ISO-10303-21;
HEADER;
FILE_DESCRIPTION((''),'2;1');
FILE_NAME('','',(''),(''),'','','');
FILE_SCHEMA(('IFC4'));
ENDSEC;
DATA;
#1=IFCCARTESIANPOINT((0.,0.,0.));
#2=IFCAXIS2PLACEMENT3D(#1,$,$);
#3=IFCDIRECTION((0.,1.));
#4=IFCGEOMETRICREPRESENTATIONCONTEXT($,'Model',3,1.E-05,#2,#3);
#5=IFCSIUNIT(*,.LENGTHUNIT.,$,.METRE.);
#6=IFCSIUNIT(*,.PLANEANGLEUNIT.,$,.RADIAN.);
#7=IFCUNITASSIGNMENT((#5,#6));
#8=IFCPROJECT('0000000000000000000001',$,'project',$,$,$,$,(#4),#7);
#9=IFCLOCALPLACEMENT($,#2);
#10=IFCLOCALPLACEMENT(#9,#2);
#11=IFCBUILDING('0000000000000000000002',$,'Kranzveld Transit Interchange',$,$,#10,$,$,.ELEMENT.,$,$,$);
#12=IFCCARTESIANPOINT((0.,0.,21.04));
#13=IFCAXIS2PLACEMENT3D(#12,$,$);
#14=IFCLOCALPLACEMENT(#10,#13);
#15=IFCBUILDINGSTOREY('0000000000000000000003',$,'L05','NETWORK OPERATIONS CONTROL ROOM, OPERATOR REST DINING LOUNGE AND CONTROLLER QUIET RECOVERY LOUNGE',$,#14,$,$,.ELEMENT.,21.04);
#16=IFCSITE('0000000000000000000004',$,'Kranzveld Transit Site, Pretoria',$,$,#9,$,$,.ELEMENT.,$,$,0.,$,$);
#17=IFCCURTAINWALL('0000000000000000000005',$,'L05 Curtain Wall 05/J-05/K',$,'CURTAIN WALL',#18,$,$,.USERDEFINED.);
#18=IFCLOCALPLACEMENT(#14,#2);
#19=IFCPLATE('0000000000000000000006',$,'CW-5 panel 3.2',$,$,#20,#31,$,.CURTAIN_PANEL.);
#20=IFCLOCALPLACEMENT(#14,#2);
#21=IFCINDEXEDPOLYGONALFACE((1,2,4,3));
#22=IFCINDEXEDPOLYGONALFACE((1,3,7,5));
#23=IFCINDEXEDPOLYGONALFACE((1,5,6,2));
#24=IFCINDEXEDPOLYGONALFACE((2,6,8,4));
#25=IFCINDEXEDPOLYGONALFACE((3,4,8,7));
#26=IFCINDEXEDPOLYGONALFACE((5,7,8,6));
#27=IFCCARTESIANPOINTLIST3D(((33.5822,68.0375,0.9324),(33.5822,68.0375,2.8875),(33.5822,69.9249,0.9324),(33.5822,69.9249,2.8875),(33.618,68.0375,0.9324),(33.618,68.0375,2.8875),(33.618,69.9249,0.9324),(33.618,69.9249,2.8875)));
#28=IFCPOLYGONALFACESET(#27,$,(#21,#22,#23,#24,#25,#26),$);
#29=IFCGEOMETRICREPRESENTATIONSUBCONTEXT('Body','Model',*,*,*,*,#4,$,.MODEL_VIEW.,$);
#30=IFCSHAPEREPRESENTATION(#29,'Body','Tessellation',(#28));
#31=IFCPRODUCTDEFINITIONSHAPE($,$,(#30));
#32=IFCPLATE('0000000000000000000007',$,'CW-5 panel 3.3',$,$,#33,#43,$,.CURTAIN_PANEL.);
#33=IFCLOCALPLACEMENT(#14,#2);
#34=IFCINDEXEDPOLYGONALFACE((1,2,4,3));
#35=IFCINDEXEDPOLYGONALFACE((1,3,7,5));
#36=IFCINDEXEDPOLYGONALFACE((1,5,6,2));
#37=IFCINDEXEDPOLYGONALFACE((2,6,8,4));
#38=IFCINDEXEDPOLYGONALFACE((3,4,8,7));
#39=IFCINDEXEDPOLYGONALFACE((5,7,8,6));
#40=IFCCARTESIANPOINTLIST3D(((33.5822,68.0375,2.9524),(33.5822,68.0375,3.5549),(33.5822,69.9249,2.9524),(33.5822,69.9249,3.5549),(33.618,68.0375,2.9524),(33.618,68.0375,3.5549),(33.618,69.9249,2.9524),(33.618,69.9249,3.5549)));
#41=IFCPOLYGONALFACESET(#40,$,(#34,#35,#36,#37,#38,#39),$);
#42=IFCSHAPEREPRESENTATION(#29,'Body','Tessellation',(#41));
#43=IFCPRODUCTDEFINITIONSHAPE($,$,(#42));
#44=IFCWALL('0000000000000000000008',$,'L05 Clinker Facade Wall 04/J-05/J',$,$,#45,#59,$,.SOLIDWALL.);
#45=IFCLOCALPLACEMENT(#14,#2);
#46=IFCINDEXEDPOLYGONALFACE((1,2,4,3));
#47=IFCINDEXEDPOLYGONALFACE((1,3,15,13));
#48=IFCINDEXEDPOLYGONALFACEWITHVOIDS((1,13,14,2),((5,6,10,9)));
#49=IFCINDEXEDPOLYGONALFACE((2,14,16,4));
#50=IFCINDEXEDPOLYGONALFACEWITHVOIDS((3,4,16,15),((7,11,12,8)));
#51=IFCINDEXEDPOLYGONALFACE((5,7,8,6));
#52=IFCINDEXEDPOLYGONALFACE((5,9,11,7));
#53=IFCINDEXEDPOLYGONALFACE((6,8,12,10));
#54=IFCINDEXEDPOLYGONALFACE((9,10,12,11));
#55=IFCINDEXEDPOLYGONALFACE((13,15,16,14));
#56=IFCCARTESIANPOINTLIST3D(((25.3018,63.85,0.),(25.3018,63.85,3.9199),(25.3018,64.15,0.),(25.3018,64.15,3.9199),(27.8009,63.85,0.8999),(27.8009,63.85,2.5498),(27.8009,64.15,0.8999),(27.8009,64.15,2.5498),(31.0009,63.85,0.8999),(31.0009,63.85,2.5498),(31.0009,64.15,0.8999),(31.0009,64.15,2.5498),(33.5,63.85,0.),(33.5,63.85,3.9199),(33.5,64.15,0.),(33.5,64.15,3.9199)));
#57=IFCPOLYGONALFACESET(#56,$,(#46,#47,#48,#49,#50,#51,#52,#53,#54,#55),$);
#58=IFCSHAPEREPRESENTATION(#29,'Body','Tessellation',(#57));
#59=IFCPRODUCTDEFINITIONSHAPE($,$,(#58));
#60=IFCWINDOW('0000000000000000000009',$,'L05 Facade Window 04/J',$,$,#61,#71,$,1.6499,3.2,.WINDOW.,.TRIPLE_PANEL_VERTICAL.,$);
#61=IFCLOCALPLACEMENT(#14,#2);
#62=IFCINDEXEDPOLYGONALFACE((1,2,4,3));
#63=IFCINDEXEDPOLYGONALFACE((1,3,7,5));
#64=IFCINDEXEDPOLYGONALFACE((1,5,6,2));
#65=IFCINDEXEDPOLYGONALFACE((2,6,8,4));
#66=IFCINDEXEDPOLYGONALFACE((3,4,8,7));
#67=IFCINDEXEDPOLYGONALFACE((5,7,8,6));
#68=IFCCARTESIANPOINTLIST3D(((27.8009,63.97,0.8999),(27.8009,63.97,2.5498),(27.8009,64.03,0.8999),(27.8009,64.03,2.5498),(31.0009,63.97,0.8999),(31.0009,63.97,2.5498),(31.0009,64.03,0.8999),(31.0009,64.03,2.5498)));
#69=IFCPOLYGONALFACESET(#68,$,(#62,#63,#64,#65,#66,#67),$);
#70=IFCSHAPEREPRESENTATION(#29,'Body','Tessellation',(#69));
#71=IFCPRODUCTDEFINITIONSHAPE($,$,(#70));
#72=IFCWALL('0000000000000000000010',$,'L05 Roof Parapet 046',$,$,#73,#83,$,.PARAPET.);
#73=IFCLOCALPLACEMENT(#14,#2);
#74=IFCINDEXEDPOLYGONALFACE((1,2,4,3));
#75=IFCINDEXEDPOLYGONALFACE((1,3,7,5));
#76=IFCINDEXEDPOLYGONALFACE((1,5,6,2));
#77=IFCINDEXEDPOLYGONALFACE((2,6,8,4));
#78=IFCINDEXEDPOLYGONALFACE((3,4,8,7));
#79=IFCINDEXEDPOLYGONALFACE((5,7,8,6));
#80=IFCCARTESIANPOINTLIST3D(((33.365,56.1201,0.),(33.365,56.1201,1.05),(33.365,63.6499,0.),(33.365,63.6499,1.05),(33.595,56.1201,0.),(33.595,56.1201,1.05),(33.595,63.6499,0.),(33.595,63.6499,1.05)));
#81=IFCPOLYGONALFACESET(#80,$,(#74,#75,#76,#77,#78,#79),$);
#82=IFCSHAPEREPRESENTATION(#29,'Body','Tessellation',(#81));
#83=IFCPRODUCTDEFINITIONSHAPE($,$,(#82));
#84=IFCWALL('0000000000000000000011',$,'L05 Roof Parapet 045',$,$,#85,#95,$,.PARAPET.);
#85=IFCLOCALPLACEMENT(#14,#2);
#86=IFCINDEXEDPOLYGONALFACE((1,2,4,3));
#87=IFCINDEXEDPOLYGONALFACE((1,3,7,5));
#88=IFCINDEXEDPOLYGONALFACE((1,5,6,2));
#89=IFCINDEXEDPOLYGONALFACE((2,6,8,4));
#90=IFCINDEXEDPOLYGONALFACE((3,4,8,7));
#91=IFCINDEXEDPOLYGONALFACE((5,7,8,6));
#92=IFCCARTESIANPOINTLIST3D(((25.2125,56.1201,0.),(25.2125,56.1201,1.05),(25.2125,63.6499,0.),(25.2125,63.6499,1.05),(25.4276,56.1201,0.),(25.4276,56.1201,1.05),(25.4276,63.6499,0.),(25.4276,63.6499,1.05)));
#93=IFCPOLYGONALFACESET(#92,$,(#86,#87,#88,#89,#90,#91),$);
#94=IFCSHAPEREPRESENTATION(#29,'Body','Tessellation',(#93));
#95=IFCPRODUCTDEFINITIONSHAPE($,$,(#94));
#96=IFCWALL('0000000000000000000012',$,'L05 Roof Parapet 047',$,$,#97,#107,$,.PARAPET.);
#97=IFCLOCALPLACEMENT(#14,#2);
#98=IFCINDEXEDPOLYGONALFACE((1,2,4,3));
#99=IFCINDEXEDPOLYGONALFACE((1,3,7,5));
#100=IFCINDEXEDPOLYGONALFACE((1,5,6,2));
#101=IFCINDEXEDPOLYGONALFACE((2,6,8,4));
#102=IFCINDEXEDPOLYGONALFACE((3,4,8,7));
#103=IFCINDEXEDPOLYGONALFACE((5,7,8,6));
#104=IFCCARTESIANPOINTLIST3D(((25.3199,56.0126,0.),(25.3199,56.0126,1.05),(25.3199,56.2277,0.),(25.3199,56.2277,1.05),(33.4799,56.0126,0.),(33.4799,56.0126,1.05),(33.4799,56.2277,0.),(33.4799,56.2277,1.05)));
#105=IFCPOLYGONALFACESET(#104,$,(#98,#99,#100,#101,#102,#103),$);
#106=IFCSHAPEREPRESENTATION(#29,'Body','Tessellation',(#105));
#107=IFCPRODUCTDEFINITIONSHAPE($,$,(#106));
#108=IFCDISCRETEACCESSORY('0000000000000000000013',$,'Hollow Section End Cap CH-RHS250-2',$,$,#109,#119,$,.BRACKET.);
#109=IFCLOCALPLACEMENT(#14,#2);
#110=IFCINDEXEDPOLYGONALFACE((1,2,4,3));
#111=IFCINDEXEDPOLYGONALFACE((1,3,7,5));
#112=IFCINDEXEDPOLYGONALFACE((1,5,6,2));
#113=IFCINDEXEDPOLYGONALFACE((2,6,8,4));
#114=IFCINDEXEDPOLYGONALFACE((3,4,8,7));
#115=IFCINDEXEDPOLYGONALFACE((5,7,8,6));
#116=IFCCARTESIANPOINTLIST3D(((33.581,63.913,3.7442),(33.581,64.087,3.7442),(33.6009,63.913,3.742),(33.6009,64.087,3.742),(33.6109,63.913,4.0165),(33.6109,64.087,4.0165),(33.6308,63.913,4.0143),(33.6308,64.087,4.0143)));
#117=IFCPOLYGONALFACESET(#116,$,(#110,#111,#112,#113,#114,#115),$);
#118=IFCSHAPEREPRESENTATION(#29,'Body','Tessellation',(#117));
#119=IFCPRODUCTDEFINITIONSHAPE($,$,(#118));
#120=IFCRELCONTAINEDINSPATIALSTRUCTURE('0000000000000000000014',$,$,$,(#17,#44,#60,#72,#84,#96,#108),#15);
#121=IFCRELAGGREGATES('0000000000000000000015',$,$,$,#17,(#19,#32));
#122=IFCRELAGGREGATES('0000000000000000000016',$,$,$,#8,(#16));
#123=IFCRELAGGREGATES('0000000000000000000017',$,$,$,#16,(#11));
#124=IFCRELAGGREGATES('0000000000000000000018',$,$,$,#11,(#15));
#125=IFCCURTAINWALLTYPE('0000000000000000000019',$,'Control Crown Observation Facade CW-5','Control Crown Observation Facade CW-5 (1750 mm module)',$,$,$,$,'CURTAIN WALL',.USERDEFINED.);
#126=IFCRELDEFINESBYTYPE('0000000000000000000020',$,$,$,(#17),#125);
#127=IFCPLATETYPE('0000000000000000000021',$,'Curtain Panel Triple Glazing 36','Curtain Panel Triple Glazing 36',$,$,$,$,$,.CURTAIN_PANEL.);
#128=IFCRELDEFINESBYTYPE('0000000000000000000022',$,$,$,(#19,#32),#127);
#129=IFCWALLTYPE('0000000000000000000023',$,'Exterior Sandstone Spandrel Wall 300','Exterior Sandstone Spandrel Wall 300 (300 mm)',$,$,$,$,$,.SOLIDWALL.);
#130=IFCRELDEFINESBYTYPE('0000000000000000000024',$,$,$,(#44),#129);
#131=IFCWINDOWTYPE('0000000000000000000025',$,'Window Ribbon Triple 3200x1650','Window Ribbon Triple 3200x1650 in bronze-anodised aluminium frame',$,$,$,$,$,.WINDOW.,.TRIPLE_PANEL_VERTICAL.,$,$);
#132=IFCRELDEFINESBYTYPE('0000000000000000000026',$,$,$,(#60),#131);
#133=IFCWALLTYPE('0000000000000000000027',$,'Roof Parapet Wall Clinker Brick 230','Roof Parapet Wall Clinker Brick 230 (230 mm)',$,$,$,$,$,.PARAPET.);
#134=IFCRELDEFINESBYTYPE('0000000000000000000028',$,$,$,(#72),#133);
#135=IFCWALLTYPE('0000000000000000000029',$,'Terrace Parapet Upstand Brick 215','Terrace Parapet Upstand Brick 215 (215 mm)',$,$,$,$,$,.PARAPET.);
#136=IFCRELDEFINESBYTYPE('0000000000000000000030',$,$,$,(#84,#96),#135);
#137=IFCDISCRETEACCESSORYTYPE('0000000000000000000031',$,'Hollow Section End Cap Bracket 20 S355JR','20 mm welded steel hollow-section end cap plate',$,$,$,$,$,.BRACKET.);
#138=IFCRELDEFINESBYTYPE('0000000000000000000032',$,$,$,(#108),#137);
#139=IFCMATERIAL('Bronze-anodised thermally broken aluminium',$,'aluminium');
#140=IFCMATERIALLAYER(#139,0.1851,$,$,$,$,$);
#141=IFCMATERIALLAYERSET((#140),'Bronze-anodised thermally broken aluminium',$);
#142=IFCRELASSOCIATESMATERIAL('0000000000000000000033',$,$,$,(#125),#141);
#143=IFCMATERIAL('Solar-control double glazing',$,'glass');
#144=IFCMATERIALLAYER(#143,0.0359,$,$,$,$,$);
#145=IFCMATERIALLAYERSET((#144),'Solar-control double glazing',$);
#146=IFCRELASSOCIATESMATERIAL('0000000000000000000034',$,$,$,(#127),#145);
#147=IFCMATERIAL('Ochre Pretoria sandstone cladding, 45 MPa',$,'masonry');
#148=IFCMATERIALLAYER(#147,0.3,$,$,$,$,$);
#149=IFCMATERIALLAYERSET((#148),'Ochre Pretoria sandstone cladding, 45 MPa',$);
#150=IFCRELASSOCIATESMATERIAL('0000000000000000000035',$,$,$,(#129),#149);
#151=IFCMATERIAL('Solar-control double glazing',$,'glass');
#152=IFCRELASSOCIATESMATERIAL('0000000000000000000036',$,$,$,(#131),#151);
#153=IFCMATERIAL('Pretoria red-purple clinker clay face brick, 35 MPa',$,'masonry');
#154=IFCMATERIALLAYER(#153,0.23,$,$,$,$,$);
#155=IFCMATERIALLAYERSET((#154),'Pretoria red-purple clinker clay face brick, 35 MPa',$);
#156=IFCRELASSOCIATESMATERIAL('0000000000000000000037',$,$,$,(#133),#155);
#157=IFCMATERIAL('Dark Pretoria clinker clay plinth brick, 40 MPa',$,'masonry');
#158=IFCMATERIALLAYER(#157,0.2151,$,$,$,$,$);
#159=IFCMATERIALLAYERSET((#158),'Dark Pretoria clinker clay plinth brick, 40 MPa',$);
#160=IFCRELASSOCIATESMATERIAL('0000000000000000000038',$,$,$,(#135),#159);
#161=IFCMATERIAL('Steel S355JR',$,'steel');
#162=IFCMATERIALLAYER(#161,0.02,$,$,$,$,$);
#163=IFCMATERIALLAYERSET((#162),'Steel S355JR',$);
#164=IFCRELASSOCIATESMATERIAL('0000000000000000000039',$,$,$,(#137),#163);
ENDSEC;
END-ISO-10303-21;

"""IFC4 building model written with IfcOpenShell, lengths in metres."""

from ifc_helpers import new_model, si_unit, direction, frame, frame_2d, origin, origin_2d, place, context, subcontext, project, spatial, rectangle, extrude, material, layer, layer_set, type_object, element, fill, aggregate, save


model = new_model("IFC4")

# Units and contexts
model_context = context("Model", 3, precision=1e-05, world=origin(), true_north=direction((0.0, 1.0)))
body_context = subcontext(model_context, "Body", "Model", "MODEL_VIEW")
ifc_project = project(units=[si_unit("LENGTHUNIT", "METRE"), si_unit("PLANEANGLEUNIT", "RADIAN")], contexts=[model_context])

# Site, building, storey
site_placement = place(None, origin())
site = spatial("IfcSite", under=ifc_project, at=site_placement, Name="Kranzveld Transit Site, Pretoria", CompositionType="ELEMENT", RefElevation=0.0)
building_placement = place(site_placement, origin())
building = spatial("IfcBuilding", under=site, at=building_placement, Name="Kranzveld Transit Interchange", CompositionType="ELEMENT")
storey_placement = place(building_placement, frame((0.0, 0.0, 21.04)))
storey = spatial("IfcBuildingStorey", under=building, at=storey_placement, Name="L05", Description="NETWORK OPERATIONS CONTROL ROOM, OPERATOR REST DINING LOUNGE AND CONTROLLER QUIET RECOVERY LOUNGE", CompositionType="ELEMENT", Elevation=21.04)

# Curtain wall
ifc_material_1 = material(Name="Bronze-anodised thermally broken aluminium", Category="aluminium")
ifc_layer_1 = layer(ifc_material_1, 0.1851)
ifc_layer_set_1 = layer_set([ifc_layer_1], Name="Bronze-anodised thermally broken aluminium")
curtain_wall_type = type_object("IfcCurtainWallType", Name="Control Crown Observation Facade CW-5", Description="Control Crown Observation Facade CW-5 (1750 mm module)", ElementType="CURTAIN WALL", PredefinedType="USERDEFINED", material=ifc_layer_set_1)
curtain_wall_placement = place(storey_placement, origin())
curtain_wall = element("IfcCurtainWall", 1, at=curtain_wall_placement, inside=storey, type_object=curtain_wall_type, Name="L05 Curtain Wall 05/J-05/K", ObjectType="CURTAIN WALL", PredefinedType="USERDEFINED")

# Plates
ifc_material_2 = material(Name="Solar-control double glazing", Category="glass")
ifc_layer_2 = layer(ifc_material_2, 0.0359)
ifc_layer_set_2 = layer_set([ifc_layer_2], Name="Solar-control double glazing")
plate_type = type_object("IfcPlateType", Name="Curtain Panel Triple Glazing 36", Description="Curtain Panel Triple Glazing 36", PredefinedType="CURTAIN_PANEL", material=ifc_layer_set_2)
plate_1_placement = place(storey_placement, frame((33.6001, 68.9812, 0.9324), z_axis=(0.0, 0.0, 1.0), x_axis=(0.0, 1.0, 0.0)))
plate_1 = element("IfcPlate", 2, at=plate_1_placement, type_object=plate_type, Name="CW-5 panel 3.2", PredefinedType="CURTAIN_PANEL", context=body_context, shape_type="SweptSolid", body=[
    extrude(rectangle(XDim=1.8875, YDim=0.0359, at=origin_2d()), origin(), (0.0, 0.0, 1.0), 1.9551),
])
plate_2_placement = place(storey_placement, frame((33.6001, 68.9812, 2.9524), z_axis=(0.0, 0.0, 1.0), x_axis=(0.0, 1.0, 0.0)))
plate_2 = element("IfcPlate", 3, at=plate_2_placement, type_object=plate_type, Name="CW-5 panel 3.3", PredefinedType="CURTAIN_PANEL", context=body_context, shape_type="SweptSolid", body=[
    extrude(rectangle(XDim=1.8875, YDim=0.0359, at=origin_2d()), origin(), (0.0, 0.0, 1.0), 0.6025),
])
aggregate(curtain_wall, [plate_1, plate_2])

# Wall, opening, window
ifc_material_3 = material(Name="Ochre Pretoria sandstone cladding, 45 MPa", Category="masonry")
ifc_layer_3 = layer(ifc_material_3, 0.3)
ifc_layer_set_3 = layer_set([ifc_layer_3], Name="Ochre Pretoria sandstone cladding, 45 MPa")
wall_type_1 = type_object("IfcWallType", Name="Exterior Sandstone Spandrel Wall 300", Description="Exterior Sandstone Spandrel Wall 300 (300 mm)", PredefinedType="SOLIDWALL", material=ifc_layer_set_3)
wall_1_placement = place(storey_placement, frame((25.3018, 64.0, 0.0), z_axis=(0.0, 0.0, 1.0), x_axis=(1.0, 0.0, 0.0)))
wall_1 = element("IfcWall", 4, at=wall_1_placement, inside=storey, type_object=wall_type_1, Name="L05 Clinker Facade Wall 04/J-05/J", PredefinedType="SOLIDWALL", context=body_context, shape_type="SweptSolid", body=[
    extrude(rectangle(XDim=8.1982, YDim=0.3, at=frame_2d((4.0991, 0.0))), origin(), (0.0, 0.0, 1.0), 3.9199),
])
opening_placement = place(wall_1_placement, frame((2.499, 0.0, 0.8999), z_axis=(0.0, 0.0, 1.0), x_axis=(1.0, 0.0, 0.0)))
opening = element("IfcOpeningElement", 5, at=opening_placement, cuts=wall_1, PredefinedType="OPENING", context=body_context, shape_type="SweptSolid", body=[
    extrude(rectangle(XDim=3.2, YDim=1.6499, at=frame_2d((1.6001, 0.825))), frame((0.0, 0.1599, 0.0), z_axis=(0.0, -1.0, 0.0), x_axis=(1.0, 0.0, 0.0)), (0.0, 0.0, 1.0), 0.3201),
])
ifc_material_4 = material(Name="Solar-control double glazing", Category="glass")
window_type = type_object("IfcWindowType", Name="Window Ribbon Triple 3200x1650", Description="Window Ribbon Triple 3200x1650 in bronze-anodised aluminium frame", PartitioningType="TRIPLE_PANEL_VERTICAL", PredefinedType="WINDOW", material=ifc_material_4)
window_placement = place(opening_placement, origin())
window = element("IfcWindow", 6, at=window_placement, inside=storey, type_object=window_type, Name="L05 Facade Window 04/J", OverallHeight=1.6499, OverallWidth=3.2, PartitioningType="TRIPLE_PANEL_VERTICAL", PredefinedType="WINDOW", context=body_context, shape_type="SweptSolid", body=[
    extrude(rectangle(XDim=3.2, YDim=1.6499, at=frame_2d((1.6001, 0.825))), frame((0.0, 0.03, 0.0), z_axis=(0.0, -1.0, 0.0), x_axis=(1.0, 0.0, 0.0)), (0.0, 0.0, 1.0), 0.0601),
])
fill(opening, window)

# Walls
ifc_material_5 = material(Name="Pretoria red-purple clinker clay face brick, 35 MPa", Category="masonry")
ifc_layer_4 = layer(ifc_material_5, 0.23)
ifc_layer_set_4 = layer_set([ifc_layer_4], Name="Pretoria red-purple clinker clay face brick, 35 MPa")
wall_type_2 = type_object("IfcWallType", Name="Roof Parapet Wall Clinker Brick 230", Description="Roof Parapet Wall Clinker Brick 230 (230 mm)", PredefinedType="PARAPET", material=ifc_layer_set_4)
wall_2_placement = place(storey_placement, frame((33.48, 63.6499, 0.0), z_axis=(0.0, 0.0, 1.0), x_axis=(0.0, -1.0, 0.0)))
element("IfcWall", 7, at=wall_2_placement, inside=storey, type_object=wall_type_2, Name="L05 Roof Parapet 046", PredefinedType="PARAPET", context=body_context, shape_type="SweptSolid", body=[
    extrude(rectangle(XDim=7.5298, YDim=0.23, at=frame_2d((3.7649, 0.0))), origin(), (0.0, 0.0, 1.0), 1.05),
])
ifc_material_6 = material(Name="Dark Pretoria clinker clay plinth brick, 40 MPa", Category="masonry")
ifc_layer_5 = layer(ifc_material_6, 0.2151)
ifc_layer_set_5 = layer_set([ifc_layer_5], Name="Dark Pretoria clinker clay plinth brick, 40 MPa")
wall_type_3 = type_object("IfcWallType", Name="Terrace Parapet Upstand Brick 215", Description="Terrace Parapet Upstand Brick 215 (215 mm)", PredefinedType="PARAPET", material=ifc_layer_set_5)
wall_3_placement = place(storey_placement, frame((25.3201, 56.1201, 0.0), z_axis=(0.0, 0.0, 1.0), x_axis=(0.0, 1.0, 0.0)))
element("IfcWall", 8, at=wall_3_placement, inside=storey, type_object=wall_type_3, Name="L05 Roof Parapet 045", PredefinedType="PARAPET", context=body_context, shape_type="SweptSolid", body=[
    extrude(rectangle(XDim=7.5298, YDim=0.2151, at=frame_2d((3.7649, 0.0))), origin(), (0.0, 0.0, 1.0), 1.05),
])
wall_4_placement = place(storey_placement, frame((33.48, 56.1201, 0.0), z_axis=(0.0, 0.0, 1.0), x_axis=(-1.0, 0.0, 0.0)))
element("IfcWall", 9, at=wall_4_placement, inside=storey, type_object=wall_type_3, Name="L05 Roof Parapet 047", PredefinedType="PARAPET", context=body_context, shape_type="SweptSolid", body=[
    extrude(rectangle(XDim=8.1599, YDim=0.2151, at=frame_2d((4.0801, 0.0))), origin(), (0.0, 0.0, 1.0), 1.05),
])

# Discrete accessory
ifc_material_7 = material(Name="Steel S355JR", Category="steel")
ifc_layer_6 = layer(ifc_material_7, 0.02)
ifc_layer_set_6 = layer_set([ifc_layer_6], Name="Steel S355JR")
discrete_accessory_type = type_object("IfcDiscreteAccessoryType", Name="Hollow Section End Cap Bracket 20 S355JR", Description="20 mm welded steel hollow-section end cap plate", PredefinedType="BRACKET", material=ifc_layer_set_6)
discrete_accessory_placement = place(storey_placement, frame((33.5959, 64.0, 3.8804), z_axis=(0.994031, 0.0, -0.109101), x_axis=(0.0, 1.0, 0.0)))
element("IfcDiscreteAccessory", 10, at=discrete_accessory_placement, inside=storey, type_object=discrete_accessory_type, Name="Hollow Section End Cap CH-RHS250-2", PredefinedType="BRACKET", context=body_context, shape_type="SweptSolid", body=[
    extrude(rectangle(XDim=0.1741, YDim=0.2739, at=origin_2d()), origin(), (0.0, 0.0, 1.0), 0.02),
])

save(model, "model.ifc")
